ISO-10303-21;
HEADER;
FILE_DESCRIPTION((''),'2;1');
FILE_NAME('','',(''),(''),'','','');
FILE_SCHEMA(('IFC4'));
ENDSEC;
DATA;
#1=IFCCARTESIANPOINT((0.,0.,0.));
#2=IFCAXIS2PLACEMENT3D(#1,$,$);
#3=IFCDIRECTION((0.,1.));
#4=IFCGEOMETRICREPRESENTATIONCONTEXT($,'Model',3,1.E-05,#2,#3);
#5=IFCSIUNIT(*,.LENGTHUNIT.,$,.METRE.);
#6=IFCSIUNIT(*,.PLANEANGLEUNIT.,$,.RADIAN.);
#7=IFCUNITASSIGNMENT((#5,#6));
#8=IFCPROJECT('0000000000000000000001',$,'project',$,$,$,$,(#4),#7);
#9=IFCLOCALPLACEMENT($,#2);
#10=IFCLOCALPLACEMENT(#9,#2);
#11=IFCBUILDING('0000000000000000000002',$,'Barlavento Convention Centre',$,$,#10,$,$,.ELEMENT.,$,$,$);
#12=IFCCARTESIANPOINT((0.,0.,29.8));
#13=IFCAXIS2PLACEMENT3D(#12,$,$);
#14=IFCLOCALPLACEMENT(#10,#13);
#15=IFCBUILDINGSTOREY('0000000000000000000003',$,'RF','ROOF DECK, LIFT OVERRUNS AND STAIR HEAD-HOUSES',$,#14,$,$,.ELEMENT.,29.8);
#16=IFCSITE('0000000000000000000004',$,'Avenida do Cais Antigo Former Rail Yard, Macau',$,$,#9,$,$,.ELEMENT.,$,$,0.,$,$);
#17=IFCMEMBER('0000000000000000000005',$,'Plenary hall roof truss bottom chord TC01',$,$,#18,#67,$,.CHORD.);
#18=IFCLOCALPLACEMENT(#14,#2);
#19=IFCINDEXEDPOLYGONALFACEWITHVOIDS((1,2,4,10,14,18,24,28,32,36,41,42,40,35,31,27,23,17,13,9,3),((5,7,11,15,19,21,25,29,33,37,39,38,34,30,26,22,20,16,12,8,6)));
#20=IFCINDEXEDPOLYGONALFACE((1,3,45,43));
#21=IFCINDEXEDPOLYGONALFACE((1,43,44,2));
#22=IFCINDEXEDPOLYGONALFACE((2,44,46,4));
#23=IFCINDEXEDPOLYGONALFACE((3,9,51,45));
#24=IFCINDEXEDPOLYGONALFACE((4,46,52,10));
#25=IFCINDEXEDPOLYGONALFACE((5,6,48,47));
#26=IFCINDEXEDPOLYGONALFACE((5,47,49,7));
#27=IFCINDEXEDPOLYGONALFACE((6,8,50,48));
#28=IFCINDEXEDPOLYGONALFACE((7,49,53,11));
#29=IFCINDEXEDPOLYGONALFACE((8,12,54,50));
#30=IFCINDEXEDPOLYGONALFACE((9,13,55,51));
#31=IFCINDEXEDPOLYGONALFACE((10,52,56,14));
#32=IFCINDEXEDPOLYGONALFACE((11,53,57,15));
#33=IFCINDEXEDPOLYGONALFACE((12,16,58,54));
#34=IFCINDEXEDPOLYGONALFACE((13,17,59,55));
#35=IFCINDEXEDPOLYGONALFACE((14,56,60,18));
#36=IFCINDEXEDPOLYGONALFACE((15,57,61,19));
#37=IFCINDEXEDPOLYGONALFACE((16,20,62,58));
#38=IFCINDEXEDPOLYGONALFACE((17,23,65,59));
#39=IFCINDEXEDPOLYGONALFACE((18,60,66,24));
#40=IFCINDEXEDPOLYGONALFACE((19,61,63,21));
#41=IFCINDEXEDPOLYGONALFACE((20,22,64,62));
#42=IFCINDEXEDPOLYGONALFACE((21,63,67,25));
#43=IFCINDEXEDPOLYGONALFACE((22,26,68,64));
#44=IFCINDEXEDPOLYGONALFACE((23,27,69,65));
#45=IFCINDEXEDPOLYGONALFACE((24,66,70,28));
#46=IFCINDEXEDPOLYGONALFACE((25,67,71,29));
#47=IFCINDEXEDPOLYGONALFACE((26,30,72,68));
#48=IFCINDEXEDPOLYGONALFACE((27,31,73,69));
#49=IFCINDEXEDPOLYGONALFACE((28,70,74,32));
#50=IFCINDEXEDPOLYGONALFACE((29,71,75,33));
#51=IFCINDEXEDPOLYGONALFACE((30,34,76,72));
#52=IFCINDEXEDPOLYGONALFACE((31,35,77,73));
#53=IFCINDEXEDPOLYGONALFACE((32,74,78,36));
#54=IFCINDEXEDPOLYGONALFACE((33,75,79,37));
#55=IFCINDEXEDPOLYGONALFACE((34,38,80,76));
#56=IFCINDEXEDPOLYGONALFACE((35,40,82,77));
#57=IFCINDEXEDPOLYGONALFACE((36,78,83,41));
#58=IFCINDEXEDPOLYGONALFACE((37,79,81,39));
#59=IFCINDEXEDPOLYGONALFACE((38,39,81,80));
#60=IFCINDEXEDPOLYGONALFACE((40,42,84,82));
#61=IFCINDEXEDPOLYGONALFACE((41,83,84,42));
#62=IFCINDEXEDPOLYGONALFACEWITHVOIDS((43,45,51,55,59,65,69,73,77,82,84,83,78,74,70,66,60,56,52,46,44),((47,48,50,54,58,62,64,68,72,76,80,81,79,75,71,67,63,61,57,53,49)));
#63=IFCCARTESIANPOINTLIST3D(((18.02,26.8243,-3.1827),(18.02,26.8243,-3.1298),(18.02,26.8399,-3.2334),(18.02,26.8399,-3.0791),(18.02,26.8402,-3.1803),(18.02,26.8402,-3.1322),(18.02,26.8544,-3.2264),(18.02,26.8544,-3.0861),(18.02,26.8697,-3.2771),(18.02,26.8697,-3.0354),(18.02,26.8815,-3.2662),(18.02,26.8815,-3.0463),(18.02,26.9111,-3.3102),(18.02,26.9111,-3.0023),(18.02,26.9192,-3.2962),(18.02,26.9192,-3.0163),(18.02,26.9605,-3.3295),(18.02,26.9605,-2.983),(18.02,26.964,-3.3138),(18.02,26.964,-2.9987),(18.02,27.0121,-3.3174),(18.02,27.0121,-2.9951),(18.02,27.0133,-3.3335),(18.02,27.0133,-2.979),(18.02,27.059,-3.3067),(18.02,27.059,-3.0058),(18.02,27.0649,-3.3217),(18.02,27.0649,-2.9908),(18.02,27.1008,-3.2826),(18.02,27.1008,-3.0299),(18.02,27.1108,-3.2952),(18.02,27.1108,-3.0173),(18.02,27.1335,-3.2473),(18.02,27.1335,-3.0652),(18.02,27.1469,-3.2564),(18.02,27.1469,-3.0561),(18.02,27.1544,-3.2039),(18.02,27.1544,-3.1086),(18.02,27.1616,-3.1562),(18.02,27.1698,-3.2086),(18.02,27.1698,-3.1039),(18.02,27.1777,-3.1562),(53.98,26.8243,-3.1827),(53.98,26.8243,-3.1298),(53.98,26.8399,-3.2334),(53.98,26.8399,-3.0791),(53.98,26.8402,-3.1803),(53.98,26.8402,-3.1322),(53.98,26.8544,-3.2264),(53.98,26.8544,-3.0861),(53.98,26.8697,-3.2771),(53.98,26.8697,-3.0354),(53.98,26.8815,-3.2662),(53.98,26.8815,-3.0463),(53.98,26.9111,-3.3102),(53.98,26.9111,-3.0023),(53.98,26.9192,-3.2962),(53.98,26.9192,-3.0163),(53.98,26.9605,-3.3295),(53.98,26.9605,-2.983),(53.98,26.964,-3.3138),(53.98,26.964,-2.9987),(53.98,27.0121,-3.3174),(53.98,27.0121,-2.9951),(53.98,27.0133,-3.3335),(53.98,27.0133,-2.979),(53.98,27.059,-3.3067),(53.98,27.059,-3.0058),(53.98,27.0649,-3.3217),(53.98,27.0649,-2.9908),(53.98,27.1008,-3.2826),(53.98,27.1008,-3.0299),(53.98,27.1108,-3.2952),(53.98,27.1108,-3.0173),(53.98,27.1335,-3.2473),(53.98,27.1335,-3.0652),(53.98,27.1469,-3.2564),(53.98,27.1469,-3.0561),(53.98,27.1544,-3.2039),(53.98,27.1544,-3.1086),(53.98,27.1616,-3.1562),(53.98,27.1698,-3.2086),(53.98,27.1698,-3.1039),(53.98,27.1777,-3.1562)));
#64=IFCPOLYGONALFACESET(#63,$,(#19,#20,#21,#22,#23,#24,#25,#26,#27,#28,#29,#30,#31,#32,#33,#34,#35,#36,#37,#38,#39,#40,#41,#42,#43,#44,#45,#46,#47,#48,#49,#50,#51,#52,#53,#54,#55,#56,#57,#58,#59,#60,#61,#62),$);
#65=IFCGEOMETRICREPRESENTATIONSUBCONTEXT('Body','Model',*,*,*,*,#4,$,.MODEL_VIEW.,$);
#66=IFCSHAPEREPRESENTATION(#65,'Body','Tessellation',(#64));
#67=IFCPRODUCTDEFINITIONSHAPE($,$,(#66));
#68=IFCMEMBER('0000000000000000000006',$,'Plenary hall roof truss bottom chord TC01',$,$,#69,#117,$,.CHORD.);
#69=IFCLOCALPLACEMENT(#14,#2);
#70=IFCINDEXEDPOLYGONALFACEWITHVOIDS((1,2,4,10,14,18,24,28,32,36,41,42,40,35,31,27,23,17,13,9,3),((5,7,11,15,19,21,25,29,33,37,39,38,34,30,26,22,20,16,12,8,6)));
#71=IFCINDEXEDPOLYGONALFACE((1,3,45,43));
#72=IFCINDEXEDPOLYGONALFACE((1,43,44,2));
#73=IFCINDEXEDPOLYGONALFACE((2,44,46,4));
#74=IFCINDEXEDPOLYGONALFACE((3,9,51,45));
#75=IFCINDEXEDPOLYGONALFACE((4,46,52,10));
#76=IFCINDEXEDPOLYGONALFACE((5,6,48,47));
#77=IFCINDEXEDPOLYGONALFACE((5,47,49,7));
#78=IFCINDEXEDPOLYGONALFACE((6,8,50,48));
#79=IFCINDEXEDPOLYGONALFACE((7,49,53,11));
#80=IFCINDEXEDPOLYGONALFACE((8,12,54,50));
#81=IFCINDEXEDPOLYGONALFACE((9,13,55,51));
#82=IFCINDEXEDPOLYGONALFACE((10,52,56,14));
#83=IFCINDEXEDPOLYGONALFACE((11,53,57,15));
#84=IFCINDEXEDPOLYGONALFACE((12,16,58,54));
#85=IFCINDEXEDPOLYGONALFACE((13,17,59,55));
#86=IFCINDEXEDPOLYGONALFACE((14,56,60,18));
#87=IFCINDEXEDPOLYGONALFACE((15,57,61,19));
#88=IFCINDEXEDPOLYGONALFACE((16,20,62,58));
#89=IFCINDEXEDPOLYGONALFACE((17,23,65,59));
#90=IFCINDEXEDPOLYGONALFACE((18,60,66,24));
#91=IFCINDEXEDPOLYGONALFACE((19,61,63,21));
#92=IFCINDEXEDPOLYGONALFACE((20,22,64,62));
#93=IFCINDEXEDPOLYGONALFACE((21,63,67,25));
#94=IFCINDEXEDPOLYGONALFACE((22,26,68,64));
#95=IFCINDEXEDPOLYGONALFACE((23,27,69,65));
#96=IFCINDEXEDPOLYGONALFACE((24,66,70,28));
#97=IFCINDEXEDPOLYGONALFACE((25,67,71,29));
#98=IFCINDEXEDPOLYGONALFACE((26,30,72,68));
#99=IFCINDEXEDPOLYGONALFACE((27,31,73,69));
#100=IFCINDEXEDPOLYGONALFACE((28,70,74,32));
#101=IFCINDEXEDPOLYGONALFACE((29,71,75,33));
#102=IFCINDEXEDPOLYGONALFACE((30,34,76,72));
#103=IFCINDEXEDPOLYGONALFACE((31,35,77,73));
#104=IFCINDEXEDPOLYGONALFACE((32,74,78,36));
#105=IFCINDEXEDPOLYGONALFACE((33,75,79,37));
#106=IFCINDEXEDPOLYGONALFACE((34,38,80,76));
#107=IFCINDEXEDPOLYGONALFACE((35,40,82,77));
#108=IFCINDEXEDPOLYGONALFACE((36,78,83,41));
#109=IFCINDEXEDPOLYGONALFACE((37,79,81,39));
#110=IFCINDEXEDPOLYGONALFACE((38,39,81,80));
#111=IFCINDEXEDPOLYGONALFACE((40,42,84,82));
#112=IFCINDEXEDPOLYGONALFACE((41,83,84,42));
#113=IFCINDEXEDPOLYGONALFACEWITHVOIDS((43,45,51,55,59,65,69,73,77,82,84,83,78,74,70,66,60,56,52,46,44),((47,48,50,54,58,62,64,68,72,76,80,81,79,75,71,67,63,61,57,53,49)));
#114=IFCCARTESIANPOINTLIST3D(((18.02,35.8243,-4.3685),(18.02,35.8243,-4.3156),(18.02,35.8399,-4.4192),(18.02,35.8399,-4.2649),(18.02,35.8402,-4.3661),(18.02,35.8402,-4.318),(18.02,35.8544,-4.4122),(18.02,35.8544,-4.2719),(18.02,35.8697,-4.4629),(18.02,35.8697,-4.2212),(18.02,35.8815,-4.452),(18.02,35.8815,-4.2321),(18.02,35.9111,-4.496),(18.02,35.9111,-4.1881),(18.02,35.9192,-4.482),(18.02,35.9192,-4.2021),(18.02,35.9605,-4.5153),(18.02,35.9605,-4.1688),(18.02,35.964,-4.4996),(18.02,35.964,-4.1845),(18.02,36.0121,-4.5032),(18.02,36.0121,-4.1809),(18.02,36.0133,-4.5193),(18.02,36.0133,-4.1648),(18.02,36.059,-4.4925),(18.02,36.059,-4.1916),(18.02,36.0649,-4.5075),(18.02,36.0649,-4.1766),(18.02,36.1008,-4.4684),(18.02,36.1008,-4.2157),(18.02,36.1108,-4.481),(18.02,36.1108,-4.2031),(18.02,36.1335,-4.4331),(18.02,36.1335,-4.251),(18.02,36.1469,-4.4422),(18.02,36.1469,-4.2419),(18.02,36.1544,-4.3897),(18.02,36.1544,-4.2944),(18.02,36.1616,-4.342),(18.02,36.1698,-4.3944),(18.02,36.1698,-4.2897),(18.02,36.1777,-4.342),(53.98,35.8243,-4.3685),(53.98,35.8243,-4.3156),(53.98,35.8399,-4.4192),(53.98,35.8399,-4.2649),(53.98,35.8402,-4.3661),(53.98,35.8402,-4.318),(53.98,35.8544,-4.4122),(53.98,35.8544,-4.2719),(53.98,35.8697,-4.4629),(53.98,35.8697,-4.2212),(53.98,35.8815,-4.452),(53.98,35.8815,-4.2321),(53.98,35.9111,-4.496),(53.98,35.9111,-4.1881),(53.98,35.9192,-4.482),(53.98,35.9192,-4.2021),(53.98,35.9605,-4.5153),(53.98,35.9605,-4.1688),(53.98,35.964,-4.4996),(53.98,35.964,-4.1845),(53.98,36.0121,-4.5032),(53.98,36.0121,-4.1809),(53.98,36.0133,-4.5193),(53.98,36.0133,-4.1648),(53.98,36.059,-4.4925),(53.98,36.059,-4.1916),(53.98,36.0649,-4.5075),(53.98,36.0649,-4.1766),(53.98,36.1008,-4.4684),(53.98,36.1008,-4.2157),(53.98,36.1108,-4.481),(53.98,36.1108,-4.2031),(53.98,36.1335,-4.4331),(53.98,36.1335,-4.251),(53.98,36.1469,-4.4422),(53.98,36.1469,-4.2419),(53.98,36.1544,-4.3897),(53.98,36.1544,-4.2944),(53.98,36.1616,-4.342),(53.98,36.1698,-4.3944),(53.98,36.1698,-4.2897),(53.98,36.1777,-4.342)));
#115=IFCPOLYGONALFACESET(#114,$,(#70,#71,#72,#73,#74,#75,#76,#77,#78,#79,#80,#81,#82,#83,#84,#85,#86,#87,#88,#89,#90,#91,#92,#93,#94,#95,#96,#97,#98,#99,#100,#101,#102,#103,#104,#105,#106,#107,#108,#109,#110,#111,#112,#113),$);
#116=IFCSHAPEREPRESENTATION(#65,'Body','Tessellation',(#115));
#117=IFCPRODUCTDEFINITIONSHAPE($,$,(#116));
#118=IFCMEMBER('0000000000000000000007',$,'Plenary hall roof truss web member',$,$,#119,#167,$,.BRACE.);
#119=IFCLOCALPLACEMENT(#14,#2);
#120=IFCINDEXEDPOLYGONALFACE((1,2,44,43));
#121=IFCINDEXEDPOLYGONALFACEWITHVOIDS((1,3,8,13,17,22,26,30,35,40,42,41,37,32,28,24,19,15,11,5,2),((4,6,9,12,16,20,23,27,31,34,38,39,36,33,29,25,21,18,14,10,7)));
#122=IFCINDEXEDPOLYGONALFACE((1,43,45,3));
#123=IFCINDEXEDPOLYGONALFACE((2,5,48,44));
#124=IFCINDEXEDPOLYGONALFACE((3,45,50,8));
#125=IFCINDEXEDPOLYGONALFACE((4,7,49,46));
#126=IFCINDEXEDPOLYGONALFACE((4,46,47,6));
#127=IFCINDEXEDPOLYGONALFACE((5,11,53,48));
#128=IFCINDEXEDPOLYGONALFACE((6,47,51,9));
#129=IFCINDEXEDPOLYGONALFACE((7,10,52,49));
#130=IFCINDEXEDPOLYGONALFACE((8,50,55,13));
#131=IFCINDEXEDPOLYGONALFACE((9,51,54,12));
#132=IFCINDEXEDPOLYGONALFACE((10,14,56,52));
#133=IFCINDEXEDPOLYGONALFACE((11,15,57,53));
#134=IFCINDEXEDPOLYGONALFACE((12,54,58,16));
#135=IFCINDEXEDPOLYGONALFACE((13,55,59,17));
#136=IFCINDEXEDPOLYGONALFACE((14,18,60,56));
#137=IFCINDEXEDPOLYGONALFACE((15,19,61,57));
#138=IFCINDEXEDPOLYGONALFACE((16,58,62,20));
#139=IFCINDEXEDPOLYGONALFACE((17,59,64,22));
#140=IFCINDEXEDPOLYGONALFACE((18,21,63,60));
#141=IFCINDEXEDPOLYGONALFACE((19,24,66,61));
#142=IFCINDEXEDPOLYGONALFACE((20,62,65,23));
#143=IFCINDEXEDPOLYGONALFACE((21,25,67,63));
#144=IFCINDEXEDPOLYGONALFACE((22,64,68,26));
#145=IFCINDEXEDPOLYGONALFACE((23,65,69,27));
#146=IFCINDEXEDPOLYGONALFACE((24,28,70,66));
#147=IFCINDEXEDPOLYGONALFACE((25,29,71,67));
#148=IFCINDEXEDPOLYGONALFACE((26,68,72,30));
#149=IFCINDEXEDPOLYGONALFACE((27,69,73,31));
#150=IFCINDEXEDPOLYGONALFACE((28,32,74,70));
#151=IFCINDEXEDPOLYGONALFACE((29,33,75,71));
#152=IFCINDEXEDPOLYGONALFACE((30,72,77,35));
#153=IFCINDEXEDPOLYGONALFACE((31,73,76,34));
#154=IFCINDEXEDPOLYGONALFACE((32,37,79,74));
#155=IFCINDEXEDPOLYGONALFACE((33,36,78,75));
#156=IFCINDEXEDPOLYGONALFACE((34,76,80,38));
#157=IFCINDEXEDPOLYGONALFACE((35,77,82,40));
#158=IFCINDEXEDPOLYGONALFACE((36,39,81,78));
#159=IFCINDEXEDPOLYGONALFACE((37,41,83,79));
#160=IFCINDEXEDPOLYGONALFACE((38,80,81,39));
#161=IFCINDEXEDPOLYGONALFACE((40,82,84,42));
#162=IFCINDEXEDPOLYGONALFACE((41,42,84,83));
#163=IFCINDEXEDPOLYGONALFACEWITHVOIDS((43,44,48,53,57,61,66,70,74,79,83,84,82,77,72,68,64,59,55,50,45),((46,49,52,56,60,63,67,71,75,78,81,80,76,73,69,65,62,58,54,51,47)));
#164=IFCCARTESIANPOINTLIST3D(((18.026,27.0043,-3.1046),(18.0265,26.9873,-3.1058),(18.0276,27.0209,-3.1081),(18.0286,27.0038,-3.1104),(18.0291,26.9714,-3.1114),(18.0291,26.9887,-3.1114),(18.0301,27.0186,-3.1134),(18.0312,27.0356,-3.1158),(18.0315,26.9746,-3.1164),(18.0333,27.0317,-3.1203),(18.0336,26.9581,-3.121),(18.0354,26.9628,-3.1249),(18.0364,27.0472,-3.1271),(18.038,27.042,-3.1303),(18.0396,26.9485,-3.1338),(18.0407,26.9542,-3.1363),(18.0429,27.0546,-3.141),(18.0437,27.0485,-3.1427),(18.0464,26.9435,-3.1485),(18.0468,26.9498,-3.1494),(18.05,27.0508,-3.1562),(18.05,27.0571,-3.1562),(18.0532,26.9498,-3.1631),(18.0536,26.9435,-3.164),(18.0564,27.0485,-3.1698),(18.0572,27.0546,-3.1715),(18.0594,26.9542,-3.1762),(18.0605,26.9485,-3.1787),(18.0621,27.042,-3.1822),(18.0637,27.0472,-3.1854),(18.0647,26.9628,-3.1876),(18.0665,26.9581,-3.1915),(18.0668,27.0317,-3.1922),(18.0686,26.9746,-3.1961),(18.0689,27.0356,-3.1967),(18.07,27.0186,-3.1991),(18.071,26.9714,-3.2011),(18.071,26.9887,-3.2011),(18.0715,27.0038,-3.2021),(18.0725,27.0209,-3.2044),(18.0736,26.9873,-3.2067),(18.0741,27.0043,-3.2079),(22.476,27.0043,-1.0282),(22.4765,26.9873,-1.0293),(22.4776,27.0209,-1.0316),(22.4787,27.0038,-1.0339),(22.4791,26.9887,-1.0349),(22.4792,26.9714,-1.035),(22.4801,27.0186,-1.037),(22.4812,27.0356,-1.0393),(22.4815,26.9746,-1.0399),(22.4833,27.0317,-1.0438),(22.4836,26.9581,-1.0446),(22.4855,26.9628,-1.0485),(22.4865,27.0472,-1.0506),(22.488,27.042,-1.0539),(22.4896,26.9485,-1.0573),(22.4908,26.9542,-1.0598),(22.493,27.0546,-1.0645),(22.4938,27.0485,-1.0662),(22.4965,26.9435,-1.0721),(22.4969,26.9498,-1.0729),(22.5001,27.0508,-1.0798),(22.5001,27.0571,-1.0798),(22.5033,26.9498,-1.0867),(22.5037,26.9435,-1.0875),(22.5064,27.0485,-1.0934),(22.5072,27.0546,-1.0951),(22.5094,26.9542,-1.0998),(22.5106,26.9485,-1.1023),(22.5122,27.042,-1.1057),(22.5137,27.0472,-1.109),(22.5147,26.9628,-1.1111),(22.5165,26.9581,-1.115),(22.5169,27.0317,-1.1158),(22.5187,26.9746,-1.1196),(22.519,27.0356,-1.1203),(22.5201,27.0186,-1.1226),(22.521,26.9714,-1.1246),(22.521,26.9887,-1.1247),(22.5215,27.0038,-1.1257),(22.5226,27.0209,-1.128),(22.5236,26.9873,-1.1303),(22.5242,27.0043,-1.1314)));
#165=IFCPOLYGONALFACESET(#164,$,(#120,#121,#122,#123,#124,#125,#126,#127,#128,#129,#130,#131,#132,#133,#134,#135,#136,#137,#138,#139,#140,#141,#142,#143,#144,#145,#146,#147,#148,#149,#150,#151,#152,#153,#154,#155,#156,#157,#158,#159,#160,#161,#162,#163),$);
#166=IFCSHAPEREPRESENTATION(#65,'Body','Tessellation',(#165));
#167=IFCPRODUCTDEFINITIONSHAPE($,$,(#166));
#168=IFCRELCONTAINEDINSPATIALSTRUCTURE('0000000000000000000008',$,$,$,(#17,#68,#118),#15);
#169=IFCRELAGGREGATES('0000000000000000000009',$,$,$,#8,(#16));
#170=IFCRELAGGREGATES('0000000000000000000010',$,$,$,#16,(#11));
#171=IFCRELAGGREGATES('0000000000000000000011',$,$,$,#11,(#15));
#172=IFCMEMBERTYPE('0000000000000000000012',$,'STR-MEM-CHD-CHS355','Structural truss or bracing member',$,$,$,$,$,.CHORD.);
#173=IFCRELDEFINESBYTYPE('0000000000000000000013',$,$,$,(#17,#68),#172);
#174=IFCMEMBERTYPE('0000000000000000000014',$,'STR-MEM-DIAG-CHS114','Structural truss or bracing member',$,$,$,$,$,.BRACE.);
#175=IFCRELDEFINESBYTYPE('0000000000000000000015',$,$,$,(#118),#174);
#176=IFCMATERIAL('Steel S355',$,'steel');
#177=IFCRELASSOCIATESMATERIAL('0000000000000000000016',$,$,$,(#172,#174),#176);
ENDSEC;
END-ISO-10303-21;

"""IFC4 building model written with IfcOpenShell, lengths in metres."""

from ifc_helpers import new_model, si_unit, direction, frame, origin, origin_2d, place, context, subcontext, project, spatial, hollow_circle, extrude, material, material_profile, profile_set, type_object, element, save


model = new_model("IFC4")

# Units and contexts
model_context = context("Model", 3, precision=1e-05, world=origin(), true_north=direction((0.0, 1.0)))
body_context = subcontext(model_context, "Body", "Model", "MODEL_VIEW")
ifc_project = project(units=[si_unit("LENGTHUNIT", "METRE"), si_unit("PLANEANGLEUNIT", "RADIAN")], contexts=[model_context])

# Site, building, storey
site_placement = place(None, origin())
site = spatial("IfcSite", under=ifc_project, at=site_placement, Name="Avenida do Cais Antigo Former Rail Yard, Macau", CompositionType="ELEMENT", RefElevation=0.0)
building_placement = place(site_placement, origin())
building = spatial("IfcBuilding", under=site, at=building_placement, Name="Barlavento Convention Centre", CompositionType="ELEMENT")
storey_placement = place(building_placement, frame((0.0, 0.0, 29.8)))
storey = spatial("IfcBuildingStorey", under=building, at=storey_placement, Name="RF", Description="ROOF DECK, LIFT OVERRUNS AND STAIR HEAD-HOUSES", CompositionType="ELEMENT", Elevation=29.8)

# Members
ifc_material_1 = material(Name="Steel S355", Category="steel")
ifc_material_profile_1 = material_profile(ifc_material_1, hollow_circle(Radius=0.1777, WallThickness=0.0161, at=origin_2d()), Name="CHS 355.6x16.0")
ifc_profile_set_1 = profile_set([ifc_material_profile_1], Name="Steel S355")
member_type_1 = type_object("IfcMemberType", Name="STR-MEM-CHD-CHS355", Description="Structural truss or bracing member", PredefinedType="CHORD", material=ifc_profile_set_1)
for number, where, z_axis, x_axis, name in (
    (1, (18.02, 27.0, -3.1562), (1.0, 0.0, 0.0), (0.0, 1.0, 0.0), "Plenary hall roof truss bottom chord TC01"),
    (2, (18.02, 36.0, -4.342), (1.0, 0.0, 0.0), (0.0, 1.0, 0.0), "Plenary hall roof truss bottom chord TC01"),
):
    element("IfcMember", number, at=place(storey_placement, frame(where, z_axis=z_axis, x_axis=x_axis)), inside=storey, type_object=member_type_1, Name=name, PredefinedType="CHORD", context=body_context, shape_type="SweptSolid", body=[
        extrude(hollow_circle(Radius=0.1777, WallThickness=0.0161, at=origin_2d()), origin(), (0.0, 0.0, 1.0), 35.96),
    ])
ifc_material_profile_2 = material_profile(ifc_material_1, hollow_circle(Radius=0.0571, WallThickness=0.0063, at=origin_2d()), Name="CHS 114.3x6.3")
ifc_profile_set_2 = profile_set([ifc_material_profile_2], Name="Steel S355")
member_type_2 = type_object("IfcMemberType", Name="STR-MEM-DIAG-CHS114", Description="Structural truss or bracing member", PredefinedType="BRACE", material=ifc_profile_set_2)
for number, where, z_axis, x_axis, name in (
    (3, (18.05, 27.0, -3.1562), (0.906201, 0.0, 0.422847), (0.0, 1.0, 0.0), "Plenary hall roof truss web member"),
):
    element("IfcMember", number, at=place(storey_placement, frame(where, z_axis=z_axis, x_axis=x_axis)), inside=storey, type_object=member_type_2, Name=name, PredefinedType="BRACE", context=body_context, shape_type="SweptSolid", body=[
        extrude(hollow_circle(Radius=0.0571, WallThickness=0.0063, at=origin_2d()), origin(), (0.0, 0.0, 1.0), 4.9106),
    ])

save(model, "model.ifc")
